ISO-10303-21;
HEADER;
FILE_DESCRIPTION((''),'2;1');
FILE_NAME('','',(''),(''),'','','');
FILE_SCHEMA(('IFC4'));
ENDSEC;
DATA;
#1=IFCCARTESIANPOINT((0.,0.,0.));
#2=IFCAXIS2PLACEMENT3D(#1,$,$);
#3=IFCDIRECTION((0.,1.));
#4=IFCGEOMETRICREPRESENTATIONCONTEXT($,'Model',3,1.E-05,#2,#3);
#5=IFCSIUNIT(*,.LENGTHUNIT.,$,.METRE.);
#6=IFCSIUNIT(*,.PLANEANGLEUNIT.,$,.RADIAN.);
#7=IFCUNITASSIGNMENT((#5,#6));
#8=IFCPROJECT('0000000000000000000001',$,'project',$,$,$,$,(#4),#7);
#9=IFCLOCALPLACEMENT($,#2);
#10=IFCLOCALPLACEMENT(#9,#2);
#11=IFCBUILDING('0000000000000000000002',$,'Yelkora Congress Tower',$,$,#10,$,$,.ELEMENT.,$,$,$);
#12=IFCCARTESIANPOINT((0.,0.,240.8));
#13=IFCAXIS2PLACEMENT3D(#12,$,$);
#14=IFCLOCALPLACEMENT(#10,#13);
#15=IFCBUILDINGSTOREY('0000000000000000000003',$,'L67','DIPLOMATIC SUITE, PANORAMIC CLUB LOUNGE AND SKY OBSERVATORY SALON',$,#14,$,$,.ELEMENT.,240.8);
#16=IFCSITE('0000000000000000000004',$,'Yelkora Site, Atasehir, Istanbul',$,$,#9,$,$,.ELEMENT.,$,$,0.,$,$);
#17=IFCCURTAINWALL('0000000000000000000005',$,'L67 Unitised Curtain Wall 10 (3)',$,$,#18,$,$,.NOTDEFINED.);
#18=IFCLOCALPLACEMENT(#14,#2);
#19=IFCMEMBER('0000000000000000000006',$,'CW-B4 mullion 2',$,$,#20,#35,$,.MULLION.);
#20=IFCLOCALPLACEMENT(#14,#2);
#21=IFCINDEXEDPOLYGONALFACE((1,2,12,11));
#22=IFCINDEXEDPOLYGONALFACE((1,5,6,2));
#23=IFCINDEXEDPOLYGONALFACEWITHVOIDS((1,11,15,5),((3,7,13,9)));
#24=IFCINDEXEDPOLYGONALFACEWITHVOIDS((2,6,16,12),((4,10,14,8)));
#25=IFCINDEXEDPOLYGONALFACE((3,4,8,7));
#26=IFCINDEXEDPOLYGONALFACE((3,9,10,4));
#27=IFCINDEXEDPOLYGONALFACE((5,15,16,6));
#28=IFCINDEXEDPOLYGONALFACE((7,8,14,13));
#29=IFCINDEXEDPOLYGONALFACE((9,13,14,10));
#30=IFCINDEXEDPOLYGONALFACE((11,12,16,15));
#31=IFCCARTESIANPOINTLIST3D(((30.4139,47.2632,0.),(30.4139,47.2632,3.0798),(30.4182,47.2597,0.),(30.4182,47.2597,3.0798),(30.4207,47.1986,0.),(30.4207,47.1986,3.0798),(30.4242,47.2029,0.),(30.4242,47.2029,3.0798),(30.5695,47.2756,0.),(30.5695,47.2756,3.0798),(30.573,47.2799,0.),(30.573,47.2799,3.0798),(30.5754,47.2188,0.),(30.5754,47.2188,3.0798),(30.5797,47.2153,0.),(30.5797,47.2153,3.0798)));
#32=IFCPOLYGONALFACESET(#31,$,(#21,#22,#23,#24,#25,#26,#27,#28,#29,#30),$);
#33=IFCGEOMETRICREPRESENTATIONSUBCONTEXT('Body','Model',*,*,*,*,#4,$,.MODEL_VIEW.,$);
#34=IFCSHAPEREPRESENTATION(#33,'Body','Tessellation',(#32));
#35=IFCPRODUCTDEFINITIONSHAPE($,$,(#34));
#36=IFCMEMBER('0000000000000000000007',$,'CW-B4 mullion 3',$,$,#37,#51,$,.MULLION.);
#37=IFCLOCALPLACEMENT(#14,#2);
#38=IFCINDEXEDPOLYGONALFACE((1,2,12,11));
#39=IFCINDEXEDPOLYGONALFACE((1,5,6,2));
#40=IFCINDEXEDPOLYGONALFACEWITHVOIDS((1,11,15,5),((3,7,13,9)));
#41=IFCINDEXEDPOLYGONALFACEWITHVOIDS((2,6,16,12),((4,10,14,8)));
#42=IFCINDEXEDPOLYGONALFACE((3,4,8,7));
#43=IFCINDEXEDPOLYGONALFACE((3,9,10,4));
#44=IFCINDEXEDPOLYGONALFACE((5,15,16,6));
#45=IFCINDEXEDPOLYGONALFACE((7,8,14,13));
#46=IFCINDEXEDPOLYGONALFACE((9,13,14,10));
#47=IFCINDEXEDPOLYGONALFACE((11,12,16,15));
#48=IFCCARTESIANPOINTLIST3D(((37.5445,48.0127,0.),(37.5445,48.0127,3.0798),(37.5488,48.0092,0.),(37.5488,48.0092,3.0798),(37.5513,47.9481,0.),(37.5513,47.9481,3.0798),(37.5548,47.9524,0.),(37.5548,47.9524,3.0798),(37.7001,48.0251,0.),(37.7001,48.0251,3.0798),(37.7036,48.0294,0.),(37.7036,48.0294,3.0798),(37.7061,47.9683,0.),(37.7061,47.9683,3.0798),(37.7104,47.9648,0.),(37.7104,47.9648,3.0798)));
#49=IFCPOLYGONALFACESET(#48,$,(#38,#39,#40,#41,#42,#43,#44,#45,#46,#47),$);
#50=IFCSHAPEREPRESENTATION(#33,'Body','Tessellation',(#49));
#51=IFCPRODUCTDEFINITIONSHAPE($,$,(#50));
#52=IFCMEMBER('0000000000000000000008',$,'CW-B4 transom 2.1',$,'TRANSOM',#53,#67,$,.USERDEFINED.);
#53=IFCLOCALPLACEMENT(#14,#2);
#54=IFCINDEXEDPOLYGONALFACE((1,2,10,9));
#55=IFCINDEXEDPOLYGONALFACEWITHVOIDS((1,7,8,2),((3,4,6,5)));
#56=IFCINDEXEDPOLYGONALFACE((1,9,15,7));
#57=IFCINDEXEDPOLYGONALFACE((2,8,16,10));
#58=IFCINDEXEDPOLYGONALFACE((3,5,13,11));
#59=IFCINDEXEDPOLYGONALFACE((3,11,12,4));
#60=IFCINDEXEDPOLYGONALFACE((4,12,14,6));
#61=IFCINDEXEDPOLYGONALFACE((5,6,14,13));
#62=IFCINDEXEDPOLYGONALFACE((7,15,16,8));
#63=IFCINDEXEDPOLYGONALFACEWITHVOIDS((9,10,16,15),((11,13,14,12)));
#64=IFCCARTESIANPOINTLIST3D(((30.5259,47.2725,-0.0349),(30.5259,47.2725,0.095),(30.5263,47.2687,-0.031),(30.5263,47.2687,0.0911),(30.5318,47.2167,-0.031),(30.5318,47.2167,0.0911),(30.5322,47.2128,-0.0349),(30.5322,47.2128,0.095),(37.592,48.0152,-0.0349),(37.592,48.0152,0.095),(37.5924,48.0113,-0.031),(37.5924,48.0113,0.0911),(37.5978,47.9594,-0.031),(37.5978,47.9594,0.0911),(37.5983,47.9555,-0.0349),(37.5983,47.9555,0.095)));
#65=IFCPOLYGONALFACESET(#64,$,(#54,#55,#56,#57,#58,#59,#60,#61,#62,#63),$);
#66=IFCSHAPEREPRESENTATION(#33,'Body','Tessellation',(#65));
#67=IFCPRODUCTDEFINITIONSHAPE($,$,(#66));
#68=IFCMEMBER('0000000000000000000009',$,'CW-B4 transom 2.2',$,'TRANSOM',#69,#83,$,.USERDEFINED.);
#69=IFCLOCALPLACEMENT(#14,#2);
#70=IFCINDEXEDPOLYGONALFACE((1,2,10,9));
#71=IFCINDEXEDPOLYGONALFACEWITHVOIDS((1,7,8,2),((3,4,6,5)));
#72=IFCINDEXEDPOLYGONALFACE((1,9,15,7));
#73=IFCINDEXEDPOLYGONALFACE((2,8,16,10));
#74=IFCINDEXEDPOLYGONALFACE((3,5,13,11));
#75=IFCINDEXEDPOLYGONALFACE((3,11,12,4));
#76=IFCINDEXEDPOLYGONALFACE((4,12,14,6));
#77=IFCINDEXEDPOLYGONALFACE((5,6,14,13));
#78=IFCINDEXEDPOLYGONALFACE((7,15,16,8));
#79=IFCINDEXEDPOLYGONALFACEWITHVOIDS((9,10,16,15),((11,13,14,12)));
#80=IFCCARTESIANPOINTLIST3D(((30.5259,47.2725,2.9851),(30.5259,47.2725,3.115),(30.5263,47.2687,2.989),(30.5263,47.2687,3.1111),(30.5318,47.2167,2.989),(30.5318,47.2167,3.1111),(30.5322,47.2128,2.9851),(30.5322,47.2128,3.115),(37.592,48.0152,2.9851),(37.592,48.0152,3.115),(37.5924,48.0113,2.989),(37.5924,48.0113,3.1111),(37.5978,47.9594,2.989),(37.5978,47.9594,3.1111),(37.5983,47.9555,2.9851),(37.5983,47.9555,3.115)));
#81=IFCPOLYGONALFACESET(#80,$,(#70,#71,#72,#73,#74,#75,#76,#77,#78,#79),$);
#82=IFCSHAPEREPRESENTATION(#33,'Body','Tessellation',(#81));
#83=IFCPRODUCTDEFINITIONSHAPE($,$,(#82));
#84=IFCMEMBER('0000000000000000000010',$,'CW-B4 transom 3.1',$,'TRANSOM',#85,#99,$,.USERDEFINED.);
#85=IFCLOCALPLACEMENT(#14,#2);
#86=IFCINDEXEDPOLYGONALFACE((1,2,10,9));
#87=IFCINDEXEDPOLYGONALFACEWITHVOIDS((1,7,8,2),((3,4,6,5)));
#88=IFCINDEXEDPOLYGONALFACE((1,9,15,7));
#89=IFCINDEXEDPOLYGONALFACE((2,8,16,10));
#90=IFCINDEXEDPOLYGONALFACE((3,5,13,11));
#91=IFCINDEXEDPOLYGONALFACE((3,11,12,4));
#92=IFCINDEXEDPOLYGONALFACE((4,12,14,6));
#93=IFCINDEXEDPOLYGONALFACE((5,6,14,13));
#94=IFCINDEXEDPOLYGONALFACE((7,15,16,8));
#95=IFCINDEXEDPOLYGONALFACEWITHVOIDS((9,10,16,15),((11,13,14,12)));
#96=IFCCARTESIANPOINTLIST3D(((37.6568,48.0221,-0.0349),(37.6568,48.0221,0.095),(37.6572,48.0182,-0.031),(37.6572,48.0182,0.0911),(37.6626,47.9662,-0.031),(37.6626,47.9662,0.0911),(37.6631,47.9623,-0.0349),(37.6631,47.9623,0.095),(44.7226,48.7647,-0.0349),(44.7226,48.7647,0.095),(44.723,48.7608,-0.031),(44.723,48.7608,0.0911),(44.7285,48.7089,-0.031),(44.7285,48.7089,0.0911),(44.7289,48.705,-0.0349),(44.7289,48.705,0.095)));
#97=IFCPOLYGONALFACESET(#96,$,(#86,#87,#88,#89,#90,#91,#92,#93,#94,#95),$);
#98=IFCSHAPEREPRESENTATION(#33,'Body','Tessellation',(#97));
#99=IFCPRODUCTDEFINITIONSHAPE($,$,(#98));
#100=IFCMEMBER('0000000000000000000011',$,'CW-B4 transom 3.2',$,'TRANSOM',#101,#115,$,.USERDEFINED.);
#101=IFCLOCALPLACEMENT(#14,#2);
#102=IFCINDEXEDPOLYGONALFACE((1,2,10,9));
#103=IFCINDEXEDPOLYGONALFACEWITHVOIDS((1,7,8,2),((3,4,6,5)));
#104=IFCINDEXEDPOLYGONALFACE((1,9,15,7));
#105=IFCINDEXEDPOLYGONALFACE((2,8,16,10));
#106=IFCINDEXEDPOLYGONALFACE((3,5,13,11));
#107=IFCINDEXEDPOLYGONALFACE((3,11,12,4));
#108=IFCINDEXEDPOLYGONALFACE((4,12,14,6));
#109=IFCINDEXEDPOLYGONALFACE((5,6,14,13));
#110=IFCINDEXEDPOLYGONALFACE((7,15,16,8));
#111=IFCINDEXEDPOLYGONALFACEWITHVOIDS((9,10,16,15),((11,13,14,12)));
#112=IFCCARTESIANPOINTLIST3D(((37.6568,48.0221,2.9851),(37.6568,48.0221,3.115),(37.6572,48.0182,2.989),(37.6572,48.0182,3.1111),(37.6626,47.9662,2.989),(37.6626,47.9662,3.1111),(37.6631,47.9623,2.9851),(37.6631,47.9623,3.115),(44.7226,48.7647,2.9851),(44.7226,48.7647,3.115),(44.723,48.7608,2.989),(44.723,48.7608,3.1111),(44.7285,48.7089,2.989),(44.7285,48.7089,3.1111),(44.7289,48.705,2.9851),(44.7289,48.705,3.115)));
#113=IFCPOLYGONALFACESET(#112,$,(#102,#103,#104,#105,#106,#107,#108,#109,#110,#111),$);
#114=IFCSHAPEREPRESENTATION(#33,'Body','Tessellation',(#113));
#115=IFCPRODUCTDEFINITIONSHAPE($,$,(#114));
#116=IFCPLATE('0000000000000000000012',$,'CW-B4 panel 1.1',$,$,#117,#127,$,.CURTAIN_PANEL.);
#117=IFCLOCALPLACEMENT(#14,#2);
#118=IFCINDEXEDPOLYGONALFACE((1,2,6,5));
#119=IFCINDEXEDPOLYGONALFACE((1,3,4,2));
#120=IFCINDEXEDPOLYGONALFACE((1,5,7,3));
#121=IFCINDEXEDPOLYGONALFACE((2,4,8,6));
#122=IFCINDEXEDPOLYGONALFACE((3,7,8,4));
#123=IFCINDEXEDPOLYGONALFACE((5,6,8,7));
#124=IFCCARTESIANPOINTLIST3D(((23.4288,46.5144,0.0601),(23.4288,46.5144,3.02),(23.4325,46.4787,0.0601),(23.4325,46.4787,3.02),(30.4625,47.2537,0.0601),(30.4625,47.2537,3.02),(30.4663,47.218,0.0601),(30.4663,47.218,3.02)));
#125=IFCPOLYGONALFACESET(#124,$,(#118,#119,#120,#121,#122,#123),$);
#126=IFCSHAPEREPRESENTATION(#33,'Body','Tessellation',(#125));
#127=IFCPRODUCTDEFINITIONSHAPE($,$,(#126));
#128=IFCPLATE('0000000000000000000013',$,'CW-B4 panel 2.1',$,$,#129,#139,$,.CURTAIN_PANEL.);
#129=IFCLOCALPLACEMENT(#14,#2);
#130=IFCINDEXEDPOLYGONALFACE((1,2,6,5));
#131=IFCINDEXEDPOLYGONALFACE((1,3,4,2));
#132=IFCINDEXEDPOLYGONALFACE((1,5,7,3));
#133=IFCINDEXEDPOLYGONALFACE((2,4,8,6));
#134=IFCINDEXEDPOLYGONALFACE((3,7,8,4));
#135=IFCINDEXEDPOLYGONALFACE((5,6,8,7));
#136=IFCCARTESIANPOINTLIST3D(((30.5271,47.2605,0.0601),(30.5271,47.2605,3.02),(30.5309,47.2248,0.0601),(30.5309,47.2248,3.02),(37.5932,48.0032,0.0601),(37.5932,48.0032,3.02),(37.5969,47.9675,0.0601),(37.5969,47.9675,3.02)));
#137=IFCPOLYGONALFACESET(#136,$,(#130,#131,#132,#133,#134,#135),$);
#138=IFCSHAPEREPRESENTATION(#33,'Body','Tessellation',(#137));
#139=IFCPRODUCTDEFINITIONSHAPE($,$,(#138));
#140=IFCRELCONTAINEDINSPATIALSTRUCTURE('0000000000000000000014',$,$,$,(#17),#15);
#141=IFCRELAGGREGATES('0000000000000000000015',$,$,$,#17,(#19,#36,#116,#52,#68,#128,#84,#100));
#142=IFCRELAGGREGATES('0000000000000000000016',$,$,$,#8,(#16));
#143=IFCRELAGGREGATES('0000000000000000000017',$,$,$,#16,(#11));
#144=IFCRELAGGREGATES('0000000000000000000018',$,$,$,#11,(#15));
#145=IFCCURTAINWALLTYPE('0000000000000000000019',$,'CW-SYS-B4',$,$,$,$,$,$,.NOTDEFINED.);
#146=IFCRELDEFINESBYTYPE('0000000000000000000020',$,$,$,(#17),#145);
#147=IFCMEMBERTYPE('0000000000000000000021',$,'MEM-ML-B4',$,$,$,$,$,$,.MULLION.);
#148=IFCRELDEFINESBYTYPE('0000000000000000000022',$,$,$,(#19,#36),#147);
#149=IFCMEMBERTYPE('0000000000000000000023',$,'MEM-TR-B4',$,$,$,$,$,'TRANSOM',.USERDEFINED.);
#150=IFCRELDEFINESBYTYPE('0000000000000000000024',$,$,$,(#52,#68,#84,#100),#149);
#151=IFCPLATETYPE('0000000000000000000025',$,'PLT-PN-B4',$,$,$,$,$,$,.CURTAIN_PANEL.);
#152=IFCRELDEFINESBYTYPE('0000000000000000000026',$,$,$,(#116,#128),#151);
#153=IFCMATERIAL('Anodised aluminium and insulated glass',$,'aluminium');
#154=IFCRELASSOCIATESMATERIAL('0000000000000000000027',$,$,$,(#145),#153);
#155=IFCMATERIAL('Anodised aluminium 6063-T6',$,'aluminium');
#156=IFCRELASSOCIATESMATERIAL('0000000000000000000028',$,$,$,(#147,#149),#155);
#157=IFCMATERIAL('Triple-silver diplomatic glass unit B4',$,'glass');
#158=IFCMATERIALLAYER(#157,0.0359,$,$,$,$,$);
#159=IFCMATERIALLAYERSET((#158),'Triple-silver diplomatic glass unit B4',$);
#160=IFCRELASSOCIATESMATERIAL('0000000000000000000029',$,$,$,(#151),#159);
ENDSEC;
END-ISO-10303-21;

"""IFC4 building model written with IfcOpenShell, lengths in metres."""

from ifc_helpers import new_model, si_unit, direction, frame, origin, origin_2d, place, context, subcontext, project, spatial, rectangle, hollow_rectangle, extrude, material, layer, layer_set, material_profile, profile_set, type_object, element, aggregate, save


model = new_model("IFC4")

# Units and contexts
model_context = context("Model", 3, precision=1e-05, world=origin(), true_north=direction((0.0, 1.0)))
body_context = subcontext(model_context, "Body", "Model", "MODEL_VIEW")
ifc_project = project(units=[si_unit("LENGTHUNIT", "METRE"), si_unit("PLANEANGLEUNIT", "RADIAN")], contexts=[model_context])

# Site, building, storey
site_placement = place(None, origin())
site = spatial("IfcSite", under=ifc_project, at=site_placement, Name="Yelkora Site, Atasehir, Istanbul", CompositionType="ELEMENT", RefElevation=0.0)
building_placement = place(site_placement, origin())
building = spatial("IfcBuilding", under=site, at=building_placement, Name="Yelkora Congress Tower", CompositionType="ELEMENT")
storey_placement = place(building_placement, frame((0.0, 0.0, 240.8)))
storey = spatial("IfcBuildingStorey", under=building, at=storey_placement, Name="L67", Description="DIPLOMATIC SUITE, PANORAMIC CLUB LOUNGE AND SKY OBSERVATORY SALON", CompositionType="ELEMENT", Elevation=240.8)

# Curtain wall, members, plates
ifc_material_1 = material(Name="Anodised aluminium and insulated glass", Category="aluminium")
curtain_wall_type = type_object("IfcCurtainWallType", Name="CW-SYS-B4", PredefinedType="NOTDEFINED", material=ifc_material_1)
curtain_wall_placement = place(storey_placement, origin())
curtain_wall = element("IfcCurtainWall", 1, at=curtain_wall_placement, inside=storey, type_object=curtain_wall_type, Name="L67 Unitised Curtain Wall 10 (3)", PredefinedType="NOTDEFINED")
ifc_material_2 = material(Name="Anodised aluminium 6063-T6", Category="aluminium")
ifc_material_profile_1 = material_profile(ifc_material_2, hollow_rectangle(XDim=0.0649, YDim=0.1599, WallThickness=0.0039, at=origin_2d()), Name="ALU 65x160x4")
ifc_profile_set_1 = profile_set([ifc_material_profile_1], Name="Anodised aluminium 6063-T6")
member_type_1 = type_object("IfcMemberType", Name="MEM-ML-B4", PredefinedType="MULLION", material=ifc_profile_set_1)
member_1_placement = place(storey_placement, frame((30.4968, 47.2393, 0.0), z_axis=(0.0, 0.0, 1.0), x_axis=(-0.104528, 0.994522, 0.0)))
member_1 = element("IfcMember", 2, at=member_1_placement, type_object=member_type_1, Name="CW-B4 mullion 2", PredefinedType="MULLION", context=body_context, shape_type="SweptSolid", body=[
    extrude(hollow_rectangle(XDim=0.0649, YDim=0.1599, WallThickness=0.0039, at=origin_2d()), origin(), (0.0, 0.0, 1.0), 3.0798),
])
member_2_placement = place(storey_placement, frame((37.6274, 47.9888, 0.0), z_axis=(0.0, 0.0, 1.0), x_axis=(-0.104528, 0.994522, 0.0)))
member_2 = element("IfcMember", 3, at=member_2_placement, type_object=member_type_1, Name="CW-B4 mullion 3", PredefinedType="MULLION", context=body_context, shape_type="SweptSolid", body=[
    extrude(hollow_rectangle(XDim=0.0649, YDim=0.1599, WallThickness=0.0039, at=origin_2d()), origin(), (0.0, 0.0, 1.0), 3.0798),
])
ifc_material_profile_2 = material_profile(ifc_material_2, hollow_rectangle(XDim=0.0601, YDim=0.1299, WallThickness=0.0039, at=origin_2d()), Name="ALU 60x130x4")
ifc_profile_set_2 = profile_set([ifc_material_profile_2], Name="Anodised aluminium 6063-T6")
member_type_2 = type_object("IfcMemberType", Name="MEM-TR-B4", ElementType="TRANSOM", PredefinedType="USERDEFINED", material=ifc_profile_set_2)
member_3_placement = place(storey_placement, frame((30.5291, 47.2427, 0.03), z_axis=(0.994522, 0.104527, 0.0), x_axis=(-0.104527, 0.994522, 0.0)))
member_3 = element("IfcMember", 4, at=member_3_placement, type_object=member_type_2, Name="CW-B4 transom 2.1", ObjectType="TRANSOM", PredefinedType="USERDEFINED", context=body_context, shape_type="SweptSolid", body=[
    extrude(hollow_rectangle(XDim=0.0601, YDim=0.1299, WallThickness=0.0039, at=origin_2d()), origin(), (0.0, 0.0, 1.0), 7.105),
])
member_4_placement = place(storey_placement, frame((30.5291, 47.2427, 3.05), z_axis=(0.994522, 0.104527, 0.0), x_axis=(-0.104527, 0.994522, 0.0)))
member_4 = element("IfcMember", 5, at=member_4_placement, type_object=member_type_2, Name="CW-B4 transom 2.2", ObjectType="TRANSOM", PredefinedType="USERDEFINED", context=body_context, shape_type="SweptSolid", body=[
    extrude(hollow_rectangle(XDim=0.0601, YDim=0.1299, WallThickness=0.0039, at=origin_2d()), origin(), (0.0, 0.0, 1.0), 7.105),
])
member_5_placement = place(storey_placement, frame((37.6599, 47.9922, 0.03), z_axis=(0.994522, 0.104531, 0.0), x_axis=(-0.104531, 0.994522, 0.0)))
member_5 = element("IfcMember", 6, at=member_5_placement, type_object=member_type_2, Name="CW-B4 transom 3.1", ObjectType="TRANSOM", PredefinedType="USERDEFINED", context=body_context, shape_type="SweptSolid", body=[
    extrude(hollow_rectangle(XDim=0.0601, YDim=0.1299, WallThickness=0.0039, at=origin_2d()), origin(), (0.0, 0.0, 1.0), 7.1047),
])
member_6_placement = place(storey_placement, frame((37.6599, 47.9922, 3.05), z_axis=(0.994522, 0.104531, 0.0), x_axis=(-0.104531, 0.994522, 0.0)))
member_6 = element("IfcMember", 7, at=member_6_placement, type_object=member_type_2, Name="CW-B4 transom 3.2", ObjectType="TRANSOM", PredefinedType="USERDEFINED", context=body_context, shape_type="SweptSolid", body=[
    extrude(hollow_rectangle(XDim=0.0601, YDim=0.1299, WallThickness=0.0039, at=origin_2d()), origin(), (0.0, 0.0, 1.0), 7.1047),
])
ifc_material_3 = material(Name="Triple-silver diplomatic glass unit B4", Category="glass")
ifc_layer_1 = layer(ifc_material_3, 0.0359)
ifc_layer_set_1 = layer_set([ifc_layer_1], Name="Triple-silver diplomatic glass unit B4")
plate_type = type_object("IfcPlateType", Name="PLT-PN-B4", PredefinedType="CURTAIN_PANEL", material=ifc_layer_set_1)
plate_1_placement = place(storey_placement, frame((26.9475, 46.8662, 0.0601), z_axis=(0.0, 0.0, 1.0), x_axis=(0.994522, 0.104528, 0.0)))
plate_1 = element("IfcPlate", 8, at=plate_1_placement, type_object=plate_type, Name="CW-B4 panel 1.1", PredefinedType="CURTAIN_PANEL", context=body_context, shape_type="SweptSolid", body=[
    extrude(rectangle(XDim=7.0725, YDim=0.0359, at=origin_2d()), origin(), (0.0, 0.0, 1.0), 2.96),
])
plate_2_placement = place(storey_placement, frame((34.062, 47.614, 0.0601), z_axis=(0.0, 0.0, 1.0), x_axis=(0.994522, 0.104528, 0.0)))
plate_2 = element("IfcPlate", 9, at=plate_2_placement, type_object=plate_type, Name="CW-B4 panel 2.1", PredefinedType="CURTAIN_PANEL", context=body_context, shape_type="SweptSolid", body=[
    extrude(rectangle(XDim=7.105, YDim=0.0359, at=origin_2d()), origin(), (0.0, 0.0, 1.0), 2.96),
])
aggregate(curtain_wall, [member_1, member_2, plate_1, member_3, member_4, plate_2, member_5, member_6])

save(model, "model.ifc")
